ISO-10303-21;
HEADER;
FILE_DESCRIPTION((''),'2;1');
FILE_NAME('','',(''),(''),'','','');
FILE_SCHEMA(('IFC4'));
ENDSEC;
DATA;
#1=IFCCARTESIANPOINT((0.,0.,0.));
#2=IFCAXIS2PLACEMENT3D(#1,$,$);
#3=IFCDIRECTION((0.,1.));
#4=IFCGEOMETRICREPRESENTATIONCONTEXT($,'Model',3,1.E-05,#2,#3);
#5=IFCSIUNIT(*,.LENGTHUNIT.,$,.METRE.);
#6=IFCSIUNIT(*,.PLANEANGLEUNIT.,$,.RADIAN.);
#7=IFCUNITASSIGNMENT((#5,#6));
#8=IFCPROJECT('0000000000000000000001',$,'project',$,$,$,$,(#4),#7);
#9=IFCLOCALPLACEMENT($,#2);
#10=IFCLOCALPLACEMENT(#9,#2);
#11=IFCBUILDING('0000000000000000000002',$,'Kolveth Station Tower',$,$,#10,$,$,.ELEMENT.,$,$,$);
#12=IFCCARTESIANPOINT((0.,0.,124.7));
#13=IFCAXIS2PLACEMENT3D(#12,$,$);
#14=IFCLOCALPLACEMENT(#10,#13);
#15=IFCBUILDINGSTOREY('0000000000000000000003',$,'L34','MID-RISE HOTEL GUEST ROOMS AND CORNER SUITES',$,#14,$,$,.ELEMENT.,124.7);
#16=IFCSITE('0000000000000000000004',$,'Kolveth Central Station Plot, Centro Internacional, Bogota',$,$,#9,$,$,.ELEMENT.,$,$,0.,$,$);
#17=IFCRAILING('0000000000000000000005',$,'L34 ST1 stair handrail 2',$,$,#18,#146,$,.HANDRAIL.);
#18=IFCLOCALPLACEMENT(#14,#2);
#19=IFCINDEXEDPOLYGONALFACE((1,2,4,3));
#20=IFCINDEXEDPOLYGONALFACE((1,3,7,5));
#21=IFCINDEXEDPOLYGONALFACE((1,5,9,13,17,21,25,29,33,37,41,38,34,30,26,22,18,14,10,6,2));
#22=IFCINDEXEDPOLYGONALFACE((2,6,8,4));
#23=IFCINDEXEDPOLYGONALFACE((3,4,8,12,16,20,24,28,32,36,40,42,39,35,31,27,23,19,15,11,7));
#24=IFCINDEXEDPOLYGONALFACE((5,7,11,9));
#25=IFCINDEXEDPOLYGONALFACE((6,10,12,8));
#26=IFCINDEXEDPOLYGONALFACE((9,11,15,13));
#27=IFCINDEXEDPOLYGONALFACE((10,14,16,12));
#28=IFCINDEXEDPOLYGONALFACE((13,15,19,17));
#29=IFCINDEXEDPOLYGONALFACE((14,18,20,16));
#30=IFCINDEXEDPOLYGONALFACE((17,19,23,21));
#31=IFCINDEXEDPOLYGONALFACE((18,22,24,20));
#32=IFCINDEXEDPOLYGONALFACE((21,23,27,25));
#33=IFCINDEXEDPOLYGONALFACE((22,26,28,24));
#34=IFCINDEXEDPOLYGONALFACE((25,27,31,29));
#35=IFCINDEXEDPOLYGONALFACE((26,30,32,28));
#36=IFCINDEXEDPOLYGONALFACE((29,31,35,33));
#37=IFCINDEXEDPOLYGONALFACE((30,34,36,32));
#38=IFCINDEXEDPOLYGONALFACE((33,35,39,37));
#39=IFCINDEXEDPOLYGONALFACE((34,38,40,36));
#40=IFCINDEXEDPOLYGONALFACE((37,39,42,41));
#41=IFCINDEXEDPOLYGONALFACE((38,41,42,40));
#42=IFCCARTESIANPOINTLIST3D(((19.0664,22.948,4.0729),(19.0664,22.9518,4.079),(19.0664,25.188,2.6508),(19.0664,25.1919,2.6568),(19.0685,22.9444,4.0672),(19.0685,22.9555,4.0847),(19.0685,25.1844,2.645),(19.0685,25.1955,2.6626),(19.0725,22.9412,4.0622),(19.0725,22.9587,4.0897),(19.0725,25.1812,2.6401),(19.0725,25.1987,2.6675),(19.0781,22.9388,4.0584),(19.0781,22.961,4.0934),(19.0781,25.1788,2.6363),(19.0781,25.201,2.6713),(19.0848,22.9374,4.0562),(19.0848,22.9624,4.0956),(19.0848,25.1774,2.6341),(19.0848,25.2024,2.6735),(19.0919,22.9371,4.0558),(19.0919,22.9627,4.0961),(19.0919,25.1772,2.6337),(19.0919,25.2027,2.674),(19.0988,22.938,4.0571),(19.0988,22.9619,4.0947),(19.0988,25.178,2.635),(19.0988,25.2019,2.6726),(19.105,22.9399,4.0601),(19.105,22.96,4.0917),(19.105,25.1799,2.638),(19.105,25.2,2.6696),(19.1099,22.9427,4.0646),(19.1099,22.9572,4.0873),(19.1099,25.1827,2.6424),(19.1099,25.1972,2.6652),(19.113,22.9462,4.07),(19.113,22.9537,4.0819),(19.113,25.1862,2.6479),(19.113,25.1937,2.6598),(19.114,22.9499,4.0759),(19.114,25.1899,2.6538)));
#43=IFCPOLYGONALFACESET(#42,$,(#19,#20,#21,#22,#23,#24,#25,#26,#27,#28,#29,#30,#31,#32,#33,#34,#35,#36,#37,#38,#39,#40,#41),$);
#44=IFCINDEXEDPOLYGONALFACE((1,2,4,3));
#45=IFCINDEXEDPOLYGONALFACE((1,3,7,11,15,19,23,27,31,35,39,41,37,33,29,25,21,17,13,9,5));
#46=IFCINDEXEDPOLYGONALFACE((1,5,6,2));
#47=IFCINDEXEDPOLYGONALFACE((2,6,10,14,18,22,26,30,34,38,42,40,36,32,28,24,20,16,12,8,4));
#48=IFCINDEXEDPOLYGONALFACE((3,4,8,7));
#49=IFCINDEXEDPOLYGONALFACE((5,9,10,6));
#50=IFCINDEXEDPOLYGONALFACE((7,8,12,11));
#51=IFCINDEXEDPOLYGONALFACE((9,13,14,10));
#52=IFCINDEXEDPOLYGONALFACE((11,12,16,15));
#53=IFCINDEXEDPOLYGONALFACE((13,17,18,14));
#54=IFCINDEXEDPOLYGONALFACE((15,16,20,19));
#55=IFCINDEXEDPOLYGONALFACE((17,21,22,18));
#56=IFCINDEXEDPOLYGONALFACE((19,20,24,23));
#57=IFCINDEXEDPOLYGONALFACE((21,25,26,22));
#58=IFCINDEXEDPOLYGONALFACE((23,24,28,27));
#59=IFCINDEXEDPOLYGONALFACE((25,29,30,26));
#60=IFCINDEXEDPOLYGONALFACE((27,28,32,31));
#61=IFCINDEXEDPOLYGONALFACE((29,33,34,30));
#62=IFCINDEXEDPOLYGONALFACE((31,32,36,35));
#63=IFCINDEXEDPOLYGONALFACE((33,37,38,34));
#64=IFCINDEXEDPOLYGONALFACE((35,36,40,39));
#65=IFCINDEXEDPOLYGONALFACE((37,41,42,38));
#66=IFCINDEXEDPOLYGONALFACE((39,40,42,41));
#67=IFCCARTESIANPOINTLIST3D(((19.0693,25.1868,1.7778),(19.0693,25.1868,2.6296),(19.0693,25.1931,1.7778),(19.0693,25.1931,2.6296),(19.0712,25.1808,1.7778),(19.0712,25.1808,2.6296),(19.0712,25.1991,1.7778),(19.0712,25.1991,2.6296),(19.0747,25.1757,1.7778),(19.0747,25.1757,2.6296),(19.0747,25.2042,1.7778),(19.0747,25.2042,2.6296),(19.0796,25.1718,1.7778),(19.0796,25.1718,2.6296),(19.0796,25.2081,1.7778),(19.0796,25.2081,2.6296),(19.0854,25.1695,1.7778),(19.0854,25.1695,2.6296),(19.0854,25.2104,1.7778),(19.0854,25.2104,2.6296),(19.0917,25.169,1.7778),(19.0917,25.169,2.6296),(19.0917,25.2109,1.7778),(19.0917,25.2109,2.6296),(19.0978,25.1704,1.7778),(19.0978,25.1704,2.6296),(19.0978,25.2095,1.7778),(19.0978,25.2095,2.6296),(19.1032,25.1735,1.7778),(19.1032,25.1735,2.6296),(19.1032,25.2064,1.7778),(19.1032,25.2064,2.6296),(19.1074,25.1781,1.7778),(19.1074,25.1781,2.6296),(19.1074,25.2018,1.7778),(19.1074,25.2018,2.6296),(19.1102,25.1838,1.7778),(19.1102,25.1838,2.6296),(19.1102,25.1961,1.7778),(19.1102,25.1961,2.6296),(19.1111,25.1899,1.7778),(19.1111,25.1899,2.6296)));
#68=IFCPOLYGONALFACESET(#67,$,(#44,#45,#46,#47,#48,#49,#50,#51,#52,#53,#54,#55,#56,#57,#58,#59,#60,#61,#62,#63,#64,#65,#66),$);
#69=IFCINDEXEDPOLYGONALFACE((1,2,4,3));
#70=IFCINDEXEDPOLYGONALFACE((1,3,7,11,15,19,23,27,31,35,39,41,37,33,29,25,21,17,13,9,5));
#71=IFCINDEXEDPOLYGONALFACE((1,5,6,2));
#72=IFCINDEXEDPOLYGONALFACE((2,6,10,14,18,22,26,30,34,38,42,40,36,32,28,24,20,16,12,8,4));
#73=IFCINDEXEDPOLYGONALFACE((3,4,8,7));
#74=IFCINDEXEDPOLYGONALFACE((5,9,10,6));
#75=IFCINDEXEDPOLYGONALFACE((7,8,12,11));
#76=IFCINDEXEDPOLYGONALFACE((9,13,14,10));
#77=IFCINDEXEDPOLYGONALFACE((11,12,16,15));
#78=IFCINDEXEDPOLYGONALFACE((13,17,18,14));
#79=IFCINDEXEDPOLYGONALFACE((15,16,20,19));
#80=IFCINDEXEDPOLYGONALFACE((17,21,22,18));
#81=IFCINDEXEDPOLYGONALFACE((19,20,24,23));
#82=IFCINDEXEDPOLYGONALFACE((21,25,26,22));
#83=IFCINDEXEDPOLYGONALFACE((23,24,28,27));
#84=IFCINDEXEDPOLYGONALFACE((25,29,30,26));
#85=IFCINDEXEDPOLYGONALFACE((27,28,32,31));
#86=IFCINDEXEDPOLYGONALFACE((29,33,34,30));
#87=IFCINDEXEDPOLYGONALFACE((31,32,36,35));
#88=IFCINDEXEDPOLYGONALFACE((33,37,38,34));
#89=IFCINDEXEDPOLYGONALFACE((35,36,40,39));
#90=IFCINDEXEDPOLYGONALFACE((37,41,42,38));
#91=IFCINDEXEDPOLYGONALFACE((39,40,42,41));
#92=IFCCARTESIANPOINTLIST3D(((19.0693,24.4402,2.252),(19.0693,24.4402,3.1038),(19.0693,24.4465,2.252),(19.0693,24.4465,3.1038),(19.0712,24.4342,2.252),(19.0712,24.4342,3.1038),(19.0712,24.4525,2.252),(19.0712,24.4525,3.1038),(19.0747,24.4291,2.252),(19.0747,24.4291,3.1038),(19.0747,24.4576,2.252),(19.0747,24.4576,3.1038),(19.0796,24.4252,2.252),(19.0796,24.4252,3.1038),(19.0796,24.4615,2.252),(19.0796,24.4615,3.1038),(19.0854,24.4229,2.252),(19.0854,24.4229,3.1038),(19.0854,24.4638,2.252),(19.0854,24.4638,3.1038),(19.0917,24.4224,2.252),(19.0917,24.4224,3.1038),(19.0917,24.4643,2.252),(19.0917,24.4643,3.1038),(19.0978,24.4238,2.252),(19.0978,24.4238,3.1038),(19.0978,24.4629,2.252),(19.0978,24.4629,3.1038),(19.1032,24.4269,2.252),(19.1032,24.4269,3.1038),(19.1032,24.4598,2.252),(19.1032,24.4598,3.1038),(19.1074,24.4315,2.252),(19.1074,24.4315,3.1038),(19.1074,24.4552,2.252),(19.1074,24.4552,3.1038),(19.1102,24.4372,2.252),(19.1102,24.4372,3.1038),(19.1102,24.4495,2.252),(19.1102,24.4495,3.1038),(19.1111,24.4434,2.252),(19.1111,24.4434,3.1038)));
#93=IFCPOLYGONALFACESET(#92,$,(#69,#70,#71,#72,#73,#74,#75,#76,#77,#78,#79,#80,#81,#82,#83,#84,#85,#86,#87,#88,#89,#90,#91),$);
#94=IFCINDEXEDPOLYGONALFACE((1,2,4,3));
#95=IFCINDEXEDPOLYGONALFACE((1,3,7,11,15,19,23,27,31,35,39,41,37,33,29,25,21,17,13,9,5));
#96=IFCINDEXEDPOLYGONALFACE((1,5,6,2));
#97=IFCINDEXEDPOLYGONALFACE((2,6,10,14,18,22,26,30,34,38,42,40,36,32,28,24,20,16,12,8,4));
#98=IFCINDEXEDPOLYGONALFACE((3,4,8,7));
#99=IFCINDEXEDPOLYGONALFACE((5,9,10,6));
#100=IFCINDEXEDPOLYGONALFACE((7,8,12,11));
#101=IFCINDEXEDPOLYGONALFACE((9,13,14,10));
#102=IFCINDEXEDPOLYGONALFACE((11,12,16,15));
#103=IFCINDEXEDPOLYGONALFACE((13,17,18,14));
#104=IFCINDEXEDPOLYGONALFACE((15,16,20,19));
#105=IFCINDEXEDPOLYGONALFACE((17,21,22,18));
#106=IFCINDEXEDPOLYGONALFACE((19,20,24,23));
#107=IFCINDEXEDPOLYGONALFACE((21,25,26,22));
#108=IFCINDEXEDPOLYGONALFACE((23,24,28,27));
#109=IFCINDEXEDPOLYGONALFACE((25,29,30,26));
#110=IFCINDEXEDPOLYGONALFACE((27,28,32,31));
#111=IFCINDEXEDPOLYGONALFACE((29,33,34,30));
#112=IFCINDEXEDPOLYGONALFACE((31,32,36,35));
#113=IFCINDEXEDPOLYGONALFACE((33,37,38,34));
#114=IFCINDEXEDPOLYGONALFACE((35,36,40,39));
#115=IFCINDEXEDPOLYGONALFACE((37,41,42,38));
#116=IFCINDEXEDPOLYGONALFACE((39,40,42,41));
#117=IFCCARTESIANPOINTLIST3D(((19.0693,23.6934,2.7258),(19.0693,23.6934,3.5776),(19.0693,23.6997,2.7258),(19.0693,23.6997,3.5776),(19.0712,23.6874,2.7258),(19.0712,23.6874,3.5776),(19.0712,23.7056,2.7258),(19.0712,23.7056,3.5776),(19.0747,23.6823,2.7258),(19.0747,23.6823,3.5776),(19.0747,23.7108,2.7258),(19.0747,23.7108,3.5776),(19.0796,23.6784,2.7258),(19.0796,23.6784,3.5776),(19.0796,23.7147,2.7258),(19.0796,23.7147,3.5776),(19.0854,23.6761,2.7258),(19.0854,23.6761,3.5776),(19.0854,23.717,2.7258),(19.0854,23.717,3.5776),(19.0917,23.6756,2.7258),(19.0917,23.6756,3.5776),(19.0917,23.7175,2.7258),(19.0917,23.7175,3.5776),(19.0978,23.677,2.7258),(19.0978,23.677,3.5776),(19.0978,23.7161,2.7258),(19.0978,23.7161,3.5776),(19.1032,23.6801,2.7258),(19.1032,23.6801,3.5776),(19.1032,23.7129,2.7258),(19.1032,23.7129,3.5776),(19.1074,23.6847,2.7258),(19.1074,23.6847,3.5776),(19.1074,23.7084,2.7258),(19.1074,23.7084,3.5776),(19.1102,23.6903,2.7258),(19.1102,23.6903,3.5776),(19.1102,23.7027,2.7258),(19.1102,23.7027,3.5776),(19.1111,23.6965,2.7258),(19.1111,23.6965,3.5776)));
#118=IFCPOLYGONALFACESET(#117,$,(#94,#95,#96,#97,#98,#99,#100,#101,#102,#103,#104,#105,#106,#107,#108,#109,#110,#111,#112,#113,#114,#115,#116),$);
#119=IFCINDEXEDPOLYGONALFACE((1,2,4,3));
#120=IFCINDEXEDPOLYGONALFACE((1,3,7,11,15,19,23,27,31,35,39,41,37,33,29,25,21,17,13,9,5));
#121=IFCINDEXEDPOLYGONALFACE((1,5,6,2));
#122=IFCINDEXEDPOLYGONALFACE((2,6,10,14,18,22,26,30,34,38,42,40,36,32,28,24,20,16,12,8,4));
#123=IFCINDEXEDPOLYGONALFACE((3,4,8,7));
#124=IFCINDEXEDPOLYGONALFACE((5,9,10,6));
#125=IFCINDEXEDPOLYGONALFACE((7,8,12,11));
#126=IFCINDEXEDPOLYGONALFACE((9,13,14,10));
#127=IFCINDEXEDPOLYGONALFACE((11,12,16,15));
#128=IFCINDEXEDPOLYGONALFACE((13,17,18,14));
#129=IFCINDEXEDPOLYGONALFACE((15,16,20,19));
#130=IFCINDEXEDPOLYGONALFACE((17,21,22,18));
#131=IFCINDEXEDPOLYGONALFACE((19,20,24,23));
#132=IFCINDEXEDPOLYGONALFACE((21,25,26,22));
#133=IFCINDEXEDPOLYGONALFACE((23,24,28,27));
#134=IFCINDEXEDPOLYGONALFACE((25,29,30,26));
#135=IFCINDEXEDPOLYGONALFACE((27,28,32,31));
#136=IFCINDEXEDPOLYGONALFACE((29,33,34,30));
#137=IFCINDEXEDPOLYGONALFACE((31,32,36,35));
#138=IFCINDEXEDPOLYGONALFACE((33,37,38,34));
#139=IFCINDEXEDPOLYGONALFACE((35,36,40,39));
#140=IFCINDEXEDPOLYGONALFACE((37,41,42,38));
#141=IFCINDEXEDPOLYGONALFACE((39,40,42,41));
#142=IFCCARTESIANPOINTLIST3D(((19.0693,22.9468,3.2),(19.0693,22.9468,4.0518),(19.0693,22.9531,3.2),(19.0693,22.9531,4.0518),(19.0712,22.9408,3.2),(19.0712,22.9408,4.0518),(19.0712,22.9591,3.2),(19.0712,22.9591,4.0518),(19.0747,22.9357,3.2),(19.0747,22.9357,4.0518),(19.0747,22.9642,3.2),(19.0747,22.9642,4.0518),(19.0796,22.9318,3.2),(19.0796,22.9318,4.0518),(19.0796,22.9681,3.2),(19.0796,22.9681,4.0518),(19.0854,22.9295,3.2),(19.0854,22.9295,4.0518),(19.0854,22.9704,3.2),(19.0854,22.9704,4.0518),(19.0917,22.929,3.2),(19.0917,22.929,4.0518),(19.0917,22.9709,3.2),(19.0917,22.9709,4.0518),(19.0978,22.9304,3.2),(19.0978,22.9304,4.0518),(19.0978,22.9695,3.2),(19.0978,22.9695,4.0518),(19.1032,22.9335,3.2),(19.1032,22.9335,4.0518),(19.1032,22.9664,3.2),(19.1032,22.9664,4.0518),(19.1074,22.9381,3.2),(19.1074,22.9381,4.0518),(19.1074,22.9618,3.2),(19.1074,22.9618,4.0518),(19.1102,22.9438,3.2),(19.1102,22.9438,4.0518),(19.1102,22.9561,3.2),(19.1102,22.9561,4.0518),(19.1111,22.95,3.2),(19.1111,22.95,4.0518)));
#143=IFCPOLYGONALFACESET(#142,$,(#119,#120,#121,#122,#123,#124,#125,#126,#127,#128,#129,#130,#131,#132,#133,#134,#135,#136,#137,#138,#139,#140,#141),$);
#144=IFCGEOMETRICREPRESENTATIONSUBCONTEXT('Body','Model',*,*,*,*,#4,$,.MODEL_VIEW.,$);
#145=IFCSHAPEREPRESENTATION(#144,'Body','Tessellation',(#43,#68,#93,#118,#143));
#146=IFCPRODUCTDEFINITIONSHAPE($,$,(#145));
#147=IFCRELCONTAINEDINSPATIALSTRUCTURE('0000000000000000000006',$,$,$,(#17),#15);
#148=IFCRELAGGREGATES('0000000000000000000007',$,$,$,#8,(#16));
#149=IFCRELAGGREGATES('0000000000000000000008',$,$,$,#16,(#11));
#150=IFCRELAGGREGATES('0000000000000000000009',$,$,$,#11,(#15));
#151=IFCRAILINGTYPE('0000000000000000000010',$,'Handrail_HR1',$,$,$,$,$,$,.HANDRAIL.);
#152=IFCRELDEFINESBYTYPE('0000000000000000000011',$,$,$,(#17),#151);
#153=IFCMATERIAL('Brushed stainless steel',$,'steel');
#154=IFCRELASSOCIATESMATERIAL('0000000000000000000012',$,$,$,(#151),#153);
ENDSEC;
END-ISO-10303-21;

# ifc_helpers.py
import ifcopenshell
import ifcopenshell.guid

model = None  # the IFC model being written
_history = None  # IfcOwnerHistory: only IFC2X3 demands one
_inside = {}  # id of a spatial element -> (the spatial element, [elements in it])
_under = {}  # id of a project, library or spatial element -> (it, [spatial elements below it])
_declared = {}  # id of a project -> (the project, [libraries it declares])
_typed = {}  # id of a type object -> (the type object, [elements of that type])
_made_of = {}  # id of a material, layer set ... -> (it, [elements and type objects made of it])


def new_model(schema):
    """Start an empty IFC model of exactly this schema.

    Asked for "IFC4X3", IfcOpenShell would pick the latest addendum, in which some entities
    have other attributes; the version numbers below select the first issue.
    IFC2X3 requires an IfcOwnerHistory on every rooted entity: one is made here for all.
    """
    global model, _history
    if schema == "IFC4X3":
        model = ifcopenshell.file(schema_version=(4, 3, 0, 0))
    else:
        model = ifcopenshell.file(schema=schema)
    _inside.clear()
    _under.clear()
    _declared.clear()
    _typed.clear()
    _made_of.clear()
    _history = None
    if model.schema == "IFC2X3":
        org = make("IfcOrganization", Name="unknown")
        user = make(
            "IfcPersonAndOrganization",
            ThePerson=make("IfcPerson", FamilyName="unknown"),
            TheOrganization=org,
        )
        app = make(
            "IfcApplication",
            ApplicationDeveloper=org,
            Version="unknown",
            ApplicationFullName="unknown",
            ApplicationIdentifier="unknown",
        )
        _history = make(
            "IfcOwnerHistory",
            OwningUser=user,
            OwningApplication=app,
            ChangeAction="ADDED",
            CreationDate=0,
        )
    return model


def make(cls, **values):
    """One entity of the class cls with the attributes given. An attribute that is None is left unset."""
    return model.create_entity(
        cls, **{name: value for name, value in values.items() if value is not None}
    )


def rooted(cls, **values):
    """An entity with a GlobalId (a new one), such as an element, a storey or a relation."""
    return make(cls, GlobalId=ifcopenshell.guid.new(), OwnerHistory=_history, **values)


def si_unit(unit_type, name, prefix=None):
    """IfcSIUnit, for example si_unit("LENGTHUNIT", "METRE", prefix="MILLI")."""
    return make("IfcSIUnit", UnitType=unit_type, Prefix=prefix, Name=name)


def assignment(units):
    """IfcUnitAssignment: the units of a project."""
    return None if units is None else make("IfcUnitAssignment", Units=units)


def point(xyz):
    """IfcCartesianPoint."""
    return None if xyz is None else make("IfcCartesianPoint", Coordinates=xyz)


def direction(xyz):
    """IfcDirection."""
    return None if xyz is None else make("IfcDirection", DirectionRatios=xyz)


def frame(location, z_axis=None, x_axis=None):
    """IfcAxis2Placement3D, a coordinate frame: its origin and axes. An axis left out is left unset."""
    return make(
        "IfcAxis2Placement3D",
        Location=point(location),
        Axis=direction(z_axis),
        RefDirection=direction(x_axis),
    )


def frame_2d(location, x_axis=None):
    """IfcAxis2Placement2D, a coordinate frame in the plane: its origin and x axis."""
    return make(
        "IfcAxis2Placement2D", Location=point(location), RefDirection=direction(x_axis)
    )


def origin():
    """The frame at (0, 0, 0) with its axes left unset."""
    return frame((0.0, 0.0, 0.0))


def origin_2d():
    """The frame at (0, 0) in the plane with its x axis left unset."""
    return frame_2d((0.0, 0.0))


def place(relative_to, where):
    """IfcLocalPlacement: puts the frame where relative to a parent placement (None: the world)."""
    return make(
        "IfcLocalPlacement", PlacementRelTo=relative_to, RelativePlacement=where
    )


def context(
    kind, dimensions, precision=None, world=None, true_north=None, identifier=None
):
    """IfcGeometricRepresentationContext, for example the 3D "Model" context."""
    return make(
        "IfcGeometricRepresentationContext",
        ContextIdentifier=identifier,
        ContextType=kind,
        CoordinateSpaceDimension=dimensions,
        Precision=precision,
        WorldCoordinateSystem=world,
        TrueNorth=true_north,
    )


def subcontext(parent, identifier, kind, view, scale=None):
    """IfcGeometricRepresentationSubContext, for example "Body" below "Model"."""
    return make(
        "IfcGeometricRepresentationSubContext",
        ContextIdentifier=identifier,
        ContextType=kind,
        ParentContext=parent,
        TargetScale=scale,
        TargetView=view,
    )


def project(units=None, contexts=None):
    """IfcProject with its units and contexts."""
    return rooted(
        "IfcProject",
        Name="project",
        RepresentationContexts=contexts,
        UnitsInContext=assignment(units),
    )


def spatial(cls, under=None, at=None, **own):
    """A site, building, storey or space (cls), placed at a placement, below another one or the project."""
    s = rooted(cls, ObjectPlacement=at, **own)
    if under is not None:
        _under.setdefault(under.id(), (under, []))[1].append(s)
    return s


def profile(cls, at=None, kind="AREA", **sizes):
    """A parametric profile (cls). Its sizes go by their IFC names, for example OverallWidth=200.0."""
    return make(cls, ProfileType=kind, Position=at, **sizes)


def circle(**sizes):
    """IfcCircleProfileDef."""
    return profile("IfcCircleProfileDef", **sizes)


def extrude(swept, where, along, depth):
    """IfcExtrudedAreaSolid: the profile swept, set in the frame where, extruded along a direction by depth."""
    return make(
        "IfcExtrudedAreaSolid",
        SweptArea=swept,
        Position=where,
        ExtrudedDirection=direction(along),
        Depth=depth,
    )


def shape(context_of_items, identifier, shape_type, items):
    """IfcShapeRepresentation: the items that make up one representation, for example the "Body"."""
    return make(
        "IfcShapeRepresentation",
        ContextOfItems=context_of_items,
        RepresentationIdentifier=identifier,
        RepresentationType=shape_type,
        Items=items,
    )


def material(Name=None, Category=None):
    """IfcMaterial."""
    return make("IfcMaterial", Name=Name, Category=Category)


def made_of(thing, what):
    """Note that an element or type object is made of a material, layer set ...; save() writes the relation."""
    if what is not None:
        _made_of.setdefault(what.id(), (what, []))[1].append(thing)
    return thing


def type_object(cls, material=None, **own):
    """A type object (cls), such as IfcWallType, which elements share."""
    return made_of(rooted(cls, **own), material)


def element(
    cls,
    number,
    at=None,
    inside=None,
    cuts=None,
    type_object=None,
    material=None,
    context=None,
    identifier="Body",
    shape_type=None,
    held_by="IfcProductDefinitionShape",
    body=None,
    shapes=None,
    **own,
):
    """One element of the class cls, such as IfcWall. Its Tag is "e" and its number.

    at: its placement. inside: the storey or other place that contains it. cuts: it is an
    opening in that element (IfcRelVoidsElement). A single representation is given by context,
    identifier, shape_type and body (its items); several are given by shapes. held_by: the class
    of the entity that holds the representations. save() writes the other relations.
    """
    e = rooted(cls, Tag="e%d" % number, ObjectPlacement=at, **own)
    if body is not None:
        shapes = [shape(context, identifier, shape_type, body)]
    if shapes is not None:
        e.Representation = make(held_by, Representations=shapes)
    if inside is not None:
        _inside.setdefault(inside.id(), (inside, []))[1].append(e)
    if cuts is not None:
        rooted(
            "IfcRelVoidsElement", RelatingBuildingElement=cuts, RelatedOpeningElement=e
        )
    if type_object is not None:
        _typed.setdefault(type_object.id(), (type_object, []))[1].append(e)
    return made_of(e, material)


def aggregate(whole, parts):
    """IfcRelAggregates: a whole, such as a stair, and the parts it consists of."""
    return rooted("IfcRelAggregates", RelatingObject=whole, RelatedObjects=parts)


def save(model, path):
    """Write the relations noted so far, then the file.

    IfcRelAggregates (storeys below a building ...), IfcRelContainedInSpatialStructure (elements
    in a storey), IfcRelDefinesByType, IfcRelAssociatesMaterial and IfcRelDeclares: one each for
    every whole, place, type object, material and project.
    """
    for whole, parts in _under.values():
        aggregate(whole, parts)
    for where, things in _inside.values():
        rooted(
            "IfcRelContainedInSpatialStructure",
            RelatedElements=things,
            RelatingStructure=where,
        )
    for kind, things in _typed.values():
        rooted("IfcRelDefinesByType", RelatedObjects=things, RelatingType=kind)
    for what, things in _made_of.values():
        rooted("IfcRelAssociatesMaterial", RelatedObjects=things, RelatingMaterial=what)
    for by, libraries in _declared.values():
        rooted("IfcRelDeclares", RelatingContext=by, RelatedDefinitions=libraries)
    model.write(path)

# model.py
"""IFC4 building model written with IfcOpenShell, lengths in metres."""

from ifc_helpers import new_model, si_unit, direction, frame, origin, origin_2d, place, context, subcontext, project, spatial, circle, extrude, material, type_object, element, save


model = new_model("IFC4")

# Units and contexts
model_context = context("Model", 3, precision=1e-05, world=origin(), true_north=direction((0.0, 1.0)))
body_context = subcontext(model_context, "Body", "Model", "MODEL_VIEW")
ifc_project = project(units=[si_unit("LENGTHUNIT", "METRE"), si_unit("PLANEANGLEUNIT", "RADIAN")], contexts=[model_context])

# Site, building, storey
site_placement = place(None, origin())
site = spatial("IfcSite", under=ifc_project, at=site_placement, Name="Kolveth Central Station Plot, Centro Internacional, Bogota", CompositionType="ELEMENT", RefElevation=0.0)
building_placement = place(site_placement, origin())
building = spatial("IfcBuilding", under=site, at=building_placement, Name="Kolveth Station Tower", CompositionType="ELEMENT")
storey_placement = place(building_placement, frame((0.0, 0.0, 124.7)))
storey = spatial("IfcBuildingStorey", under=building, at=storey_placement, Name="L34", Description="MID-RISE HOTEL GUEST ROOMS AND CORNER SUITES", CompositionType="ELEMENT", Elevation=124.7)

# Railing
ifc_material_1 = material(Name="Brushed stainless steel", Category="steel")
railing_type_1 = type_object("IfcRailingType", Name="Handrail_HR1", PredefinedType="HANDRAIL", material=ifc_material_1)
railing_1_placement = place(storey_placement, frame((19.0901, 25.1899, 1.7778)))
element("IfcRailing", 1, at=railing_1_placement, inside=storey, type_object=railing_type_1, Name="L34 ST1 stair handrail 2", PredefinedType="HANDRAIL", context=body_context, shape_type="SweptSolid", body=[
    extrude(circle(Radius=0.0239, at=origin_2d()), frame((0.0, 0.0, 0.876), z_axis=(0.0, -0.844229, 0.535982), x_axis=(1.0, 0.0, 0.0)), (0.0, 0.0, 1.0), 2.6533),
    extrude(circle(Radius=0.021, at=origin_2d()), origin(), (0.0, 0.0, 1.0), 0.8518),
    extrude(circle(Radius=0.021, at=origin_2d()), frame((0.0, -0.7466, 0.4741)), (0.0, 0.0, 1.0), 0.8518),
    extrude(circle(Radius=0.021, at=origin_2d()), frame((0.0, -1.4934, 0.948)), (0.0, 0.0, 1.0), 0.8518),
    extrude(circle(Radius=0.021, at=origin_2d()), frame((0.0, -2.24, 1.4221)), (0.0, 0.0, 1.0), 0.8518),
])

save(model, "model.ifc")
